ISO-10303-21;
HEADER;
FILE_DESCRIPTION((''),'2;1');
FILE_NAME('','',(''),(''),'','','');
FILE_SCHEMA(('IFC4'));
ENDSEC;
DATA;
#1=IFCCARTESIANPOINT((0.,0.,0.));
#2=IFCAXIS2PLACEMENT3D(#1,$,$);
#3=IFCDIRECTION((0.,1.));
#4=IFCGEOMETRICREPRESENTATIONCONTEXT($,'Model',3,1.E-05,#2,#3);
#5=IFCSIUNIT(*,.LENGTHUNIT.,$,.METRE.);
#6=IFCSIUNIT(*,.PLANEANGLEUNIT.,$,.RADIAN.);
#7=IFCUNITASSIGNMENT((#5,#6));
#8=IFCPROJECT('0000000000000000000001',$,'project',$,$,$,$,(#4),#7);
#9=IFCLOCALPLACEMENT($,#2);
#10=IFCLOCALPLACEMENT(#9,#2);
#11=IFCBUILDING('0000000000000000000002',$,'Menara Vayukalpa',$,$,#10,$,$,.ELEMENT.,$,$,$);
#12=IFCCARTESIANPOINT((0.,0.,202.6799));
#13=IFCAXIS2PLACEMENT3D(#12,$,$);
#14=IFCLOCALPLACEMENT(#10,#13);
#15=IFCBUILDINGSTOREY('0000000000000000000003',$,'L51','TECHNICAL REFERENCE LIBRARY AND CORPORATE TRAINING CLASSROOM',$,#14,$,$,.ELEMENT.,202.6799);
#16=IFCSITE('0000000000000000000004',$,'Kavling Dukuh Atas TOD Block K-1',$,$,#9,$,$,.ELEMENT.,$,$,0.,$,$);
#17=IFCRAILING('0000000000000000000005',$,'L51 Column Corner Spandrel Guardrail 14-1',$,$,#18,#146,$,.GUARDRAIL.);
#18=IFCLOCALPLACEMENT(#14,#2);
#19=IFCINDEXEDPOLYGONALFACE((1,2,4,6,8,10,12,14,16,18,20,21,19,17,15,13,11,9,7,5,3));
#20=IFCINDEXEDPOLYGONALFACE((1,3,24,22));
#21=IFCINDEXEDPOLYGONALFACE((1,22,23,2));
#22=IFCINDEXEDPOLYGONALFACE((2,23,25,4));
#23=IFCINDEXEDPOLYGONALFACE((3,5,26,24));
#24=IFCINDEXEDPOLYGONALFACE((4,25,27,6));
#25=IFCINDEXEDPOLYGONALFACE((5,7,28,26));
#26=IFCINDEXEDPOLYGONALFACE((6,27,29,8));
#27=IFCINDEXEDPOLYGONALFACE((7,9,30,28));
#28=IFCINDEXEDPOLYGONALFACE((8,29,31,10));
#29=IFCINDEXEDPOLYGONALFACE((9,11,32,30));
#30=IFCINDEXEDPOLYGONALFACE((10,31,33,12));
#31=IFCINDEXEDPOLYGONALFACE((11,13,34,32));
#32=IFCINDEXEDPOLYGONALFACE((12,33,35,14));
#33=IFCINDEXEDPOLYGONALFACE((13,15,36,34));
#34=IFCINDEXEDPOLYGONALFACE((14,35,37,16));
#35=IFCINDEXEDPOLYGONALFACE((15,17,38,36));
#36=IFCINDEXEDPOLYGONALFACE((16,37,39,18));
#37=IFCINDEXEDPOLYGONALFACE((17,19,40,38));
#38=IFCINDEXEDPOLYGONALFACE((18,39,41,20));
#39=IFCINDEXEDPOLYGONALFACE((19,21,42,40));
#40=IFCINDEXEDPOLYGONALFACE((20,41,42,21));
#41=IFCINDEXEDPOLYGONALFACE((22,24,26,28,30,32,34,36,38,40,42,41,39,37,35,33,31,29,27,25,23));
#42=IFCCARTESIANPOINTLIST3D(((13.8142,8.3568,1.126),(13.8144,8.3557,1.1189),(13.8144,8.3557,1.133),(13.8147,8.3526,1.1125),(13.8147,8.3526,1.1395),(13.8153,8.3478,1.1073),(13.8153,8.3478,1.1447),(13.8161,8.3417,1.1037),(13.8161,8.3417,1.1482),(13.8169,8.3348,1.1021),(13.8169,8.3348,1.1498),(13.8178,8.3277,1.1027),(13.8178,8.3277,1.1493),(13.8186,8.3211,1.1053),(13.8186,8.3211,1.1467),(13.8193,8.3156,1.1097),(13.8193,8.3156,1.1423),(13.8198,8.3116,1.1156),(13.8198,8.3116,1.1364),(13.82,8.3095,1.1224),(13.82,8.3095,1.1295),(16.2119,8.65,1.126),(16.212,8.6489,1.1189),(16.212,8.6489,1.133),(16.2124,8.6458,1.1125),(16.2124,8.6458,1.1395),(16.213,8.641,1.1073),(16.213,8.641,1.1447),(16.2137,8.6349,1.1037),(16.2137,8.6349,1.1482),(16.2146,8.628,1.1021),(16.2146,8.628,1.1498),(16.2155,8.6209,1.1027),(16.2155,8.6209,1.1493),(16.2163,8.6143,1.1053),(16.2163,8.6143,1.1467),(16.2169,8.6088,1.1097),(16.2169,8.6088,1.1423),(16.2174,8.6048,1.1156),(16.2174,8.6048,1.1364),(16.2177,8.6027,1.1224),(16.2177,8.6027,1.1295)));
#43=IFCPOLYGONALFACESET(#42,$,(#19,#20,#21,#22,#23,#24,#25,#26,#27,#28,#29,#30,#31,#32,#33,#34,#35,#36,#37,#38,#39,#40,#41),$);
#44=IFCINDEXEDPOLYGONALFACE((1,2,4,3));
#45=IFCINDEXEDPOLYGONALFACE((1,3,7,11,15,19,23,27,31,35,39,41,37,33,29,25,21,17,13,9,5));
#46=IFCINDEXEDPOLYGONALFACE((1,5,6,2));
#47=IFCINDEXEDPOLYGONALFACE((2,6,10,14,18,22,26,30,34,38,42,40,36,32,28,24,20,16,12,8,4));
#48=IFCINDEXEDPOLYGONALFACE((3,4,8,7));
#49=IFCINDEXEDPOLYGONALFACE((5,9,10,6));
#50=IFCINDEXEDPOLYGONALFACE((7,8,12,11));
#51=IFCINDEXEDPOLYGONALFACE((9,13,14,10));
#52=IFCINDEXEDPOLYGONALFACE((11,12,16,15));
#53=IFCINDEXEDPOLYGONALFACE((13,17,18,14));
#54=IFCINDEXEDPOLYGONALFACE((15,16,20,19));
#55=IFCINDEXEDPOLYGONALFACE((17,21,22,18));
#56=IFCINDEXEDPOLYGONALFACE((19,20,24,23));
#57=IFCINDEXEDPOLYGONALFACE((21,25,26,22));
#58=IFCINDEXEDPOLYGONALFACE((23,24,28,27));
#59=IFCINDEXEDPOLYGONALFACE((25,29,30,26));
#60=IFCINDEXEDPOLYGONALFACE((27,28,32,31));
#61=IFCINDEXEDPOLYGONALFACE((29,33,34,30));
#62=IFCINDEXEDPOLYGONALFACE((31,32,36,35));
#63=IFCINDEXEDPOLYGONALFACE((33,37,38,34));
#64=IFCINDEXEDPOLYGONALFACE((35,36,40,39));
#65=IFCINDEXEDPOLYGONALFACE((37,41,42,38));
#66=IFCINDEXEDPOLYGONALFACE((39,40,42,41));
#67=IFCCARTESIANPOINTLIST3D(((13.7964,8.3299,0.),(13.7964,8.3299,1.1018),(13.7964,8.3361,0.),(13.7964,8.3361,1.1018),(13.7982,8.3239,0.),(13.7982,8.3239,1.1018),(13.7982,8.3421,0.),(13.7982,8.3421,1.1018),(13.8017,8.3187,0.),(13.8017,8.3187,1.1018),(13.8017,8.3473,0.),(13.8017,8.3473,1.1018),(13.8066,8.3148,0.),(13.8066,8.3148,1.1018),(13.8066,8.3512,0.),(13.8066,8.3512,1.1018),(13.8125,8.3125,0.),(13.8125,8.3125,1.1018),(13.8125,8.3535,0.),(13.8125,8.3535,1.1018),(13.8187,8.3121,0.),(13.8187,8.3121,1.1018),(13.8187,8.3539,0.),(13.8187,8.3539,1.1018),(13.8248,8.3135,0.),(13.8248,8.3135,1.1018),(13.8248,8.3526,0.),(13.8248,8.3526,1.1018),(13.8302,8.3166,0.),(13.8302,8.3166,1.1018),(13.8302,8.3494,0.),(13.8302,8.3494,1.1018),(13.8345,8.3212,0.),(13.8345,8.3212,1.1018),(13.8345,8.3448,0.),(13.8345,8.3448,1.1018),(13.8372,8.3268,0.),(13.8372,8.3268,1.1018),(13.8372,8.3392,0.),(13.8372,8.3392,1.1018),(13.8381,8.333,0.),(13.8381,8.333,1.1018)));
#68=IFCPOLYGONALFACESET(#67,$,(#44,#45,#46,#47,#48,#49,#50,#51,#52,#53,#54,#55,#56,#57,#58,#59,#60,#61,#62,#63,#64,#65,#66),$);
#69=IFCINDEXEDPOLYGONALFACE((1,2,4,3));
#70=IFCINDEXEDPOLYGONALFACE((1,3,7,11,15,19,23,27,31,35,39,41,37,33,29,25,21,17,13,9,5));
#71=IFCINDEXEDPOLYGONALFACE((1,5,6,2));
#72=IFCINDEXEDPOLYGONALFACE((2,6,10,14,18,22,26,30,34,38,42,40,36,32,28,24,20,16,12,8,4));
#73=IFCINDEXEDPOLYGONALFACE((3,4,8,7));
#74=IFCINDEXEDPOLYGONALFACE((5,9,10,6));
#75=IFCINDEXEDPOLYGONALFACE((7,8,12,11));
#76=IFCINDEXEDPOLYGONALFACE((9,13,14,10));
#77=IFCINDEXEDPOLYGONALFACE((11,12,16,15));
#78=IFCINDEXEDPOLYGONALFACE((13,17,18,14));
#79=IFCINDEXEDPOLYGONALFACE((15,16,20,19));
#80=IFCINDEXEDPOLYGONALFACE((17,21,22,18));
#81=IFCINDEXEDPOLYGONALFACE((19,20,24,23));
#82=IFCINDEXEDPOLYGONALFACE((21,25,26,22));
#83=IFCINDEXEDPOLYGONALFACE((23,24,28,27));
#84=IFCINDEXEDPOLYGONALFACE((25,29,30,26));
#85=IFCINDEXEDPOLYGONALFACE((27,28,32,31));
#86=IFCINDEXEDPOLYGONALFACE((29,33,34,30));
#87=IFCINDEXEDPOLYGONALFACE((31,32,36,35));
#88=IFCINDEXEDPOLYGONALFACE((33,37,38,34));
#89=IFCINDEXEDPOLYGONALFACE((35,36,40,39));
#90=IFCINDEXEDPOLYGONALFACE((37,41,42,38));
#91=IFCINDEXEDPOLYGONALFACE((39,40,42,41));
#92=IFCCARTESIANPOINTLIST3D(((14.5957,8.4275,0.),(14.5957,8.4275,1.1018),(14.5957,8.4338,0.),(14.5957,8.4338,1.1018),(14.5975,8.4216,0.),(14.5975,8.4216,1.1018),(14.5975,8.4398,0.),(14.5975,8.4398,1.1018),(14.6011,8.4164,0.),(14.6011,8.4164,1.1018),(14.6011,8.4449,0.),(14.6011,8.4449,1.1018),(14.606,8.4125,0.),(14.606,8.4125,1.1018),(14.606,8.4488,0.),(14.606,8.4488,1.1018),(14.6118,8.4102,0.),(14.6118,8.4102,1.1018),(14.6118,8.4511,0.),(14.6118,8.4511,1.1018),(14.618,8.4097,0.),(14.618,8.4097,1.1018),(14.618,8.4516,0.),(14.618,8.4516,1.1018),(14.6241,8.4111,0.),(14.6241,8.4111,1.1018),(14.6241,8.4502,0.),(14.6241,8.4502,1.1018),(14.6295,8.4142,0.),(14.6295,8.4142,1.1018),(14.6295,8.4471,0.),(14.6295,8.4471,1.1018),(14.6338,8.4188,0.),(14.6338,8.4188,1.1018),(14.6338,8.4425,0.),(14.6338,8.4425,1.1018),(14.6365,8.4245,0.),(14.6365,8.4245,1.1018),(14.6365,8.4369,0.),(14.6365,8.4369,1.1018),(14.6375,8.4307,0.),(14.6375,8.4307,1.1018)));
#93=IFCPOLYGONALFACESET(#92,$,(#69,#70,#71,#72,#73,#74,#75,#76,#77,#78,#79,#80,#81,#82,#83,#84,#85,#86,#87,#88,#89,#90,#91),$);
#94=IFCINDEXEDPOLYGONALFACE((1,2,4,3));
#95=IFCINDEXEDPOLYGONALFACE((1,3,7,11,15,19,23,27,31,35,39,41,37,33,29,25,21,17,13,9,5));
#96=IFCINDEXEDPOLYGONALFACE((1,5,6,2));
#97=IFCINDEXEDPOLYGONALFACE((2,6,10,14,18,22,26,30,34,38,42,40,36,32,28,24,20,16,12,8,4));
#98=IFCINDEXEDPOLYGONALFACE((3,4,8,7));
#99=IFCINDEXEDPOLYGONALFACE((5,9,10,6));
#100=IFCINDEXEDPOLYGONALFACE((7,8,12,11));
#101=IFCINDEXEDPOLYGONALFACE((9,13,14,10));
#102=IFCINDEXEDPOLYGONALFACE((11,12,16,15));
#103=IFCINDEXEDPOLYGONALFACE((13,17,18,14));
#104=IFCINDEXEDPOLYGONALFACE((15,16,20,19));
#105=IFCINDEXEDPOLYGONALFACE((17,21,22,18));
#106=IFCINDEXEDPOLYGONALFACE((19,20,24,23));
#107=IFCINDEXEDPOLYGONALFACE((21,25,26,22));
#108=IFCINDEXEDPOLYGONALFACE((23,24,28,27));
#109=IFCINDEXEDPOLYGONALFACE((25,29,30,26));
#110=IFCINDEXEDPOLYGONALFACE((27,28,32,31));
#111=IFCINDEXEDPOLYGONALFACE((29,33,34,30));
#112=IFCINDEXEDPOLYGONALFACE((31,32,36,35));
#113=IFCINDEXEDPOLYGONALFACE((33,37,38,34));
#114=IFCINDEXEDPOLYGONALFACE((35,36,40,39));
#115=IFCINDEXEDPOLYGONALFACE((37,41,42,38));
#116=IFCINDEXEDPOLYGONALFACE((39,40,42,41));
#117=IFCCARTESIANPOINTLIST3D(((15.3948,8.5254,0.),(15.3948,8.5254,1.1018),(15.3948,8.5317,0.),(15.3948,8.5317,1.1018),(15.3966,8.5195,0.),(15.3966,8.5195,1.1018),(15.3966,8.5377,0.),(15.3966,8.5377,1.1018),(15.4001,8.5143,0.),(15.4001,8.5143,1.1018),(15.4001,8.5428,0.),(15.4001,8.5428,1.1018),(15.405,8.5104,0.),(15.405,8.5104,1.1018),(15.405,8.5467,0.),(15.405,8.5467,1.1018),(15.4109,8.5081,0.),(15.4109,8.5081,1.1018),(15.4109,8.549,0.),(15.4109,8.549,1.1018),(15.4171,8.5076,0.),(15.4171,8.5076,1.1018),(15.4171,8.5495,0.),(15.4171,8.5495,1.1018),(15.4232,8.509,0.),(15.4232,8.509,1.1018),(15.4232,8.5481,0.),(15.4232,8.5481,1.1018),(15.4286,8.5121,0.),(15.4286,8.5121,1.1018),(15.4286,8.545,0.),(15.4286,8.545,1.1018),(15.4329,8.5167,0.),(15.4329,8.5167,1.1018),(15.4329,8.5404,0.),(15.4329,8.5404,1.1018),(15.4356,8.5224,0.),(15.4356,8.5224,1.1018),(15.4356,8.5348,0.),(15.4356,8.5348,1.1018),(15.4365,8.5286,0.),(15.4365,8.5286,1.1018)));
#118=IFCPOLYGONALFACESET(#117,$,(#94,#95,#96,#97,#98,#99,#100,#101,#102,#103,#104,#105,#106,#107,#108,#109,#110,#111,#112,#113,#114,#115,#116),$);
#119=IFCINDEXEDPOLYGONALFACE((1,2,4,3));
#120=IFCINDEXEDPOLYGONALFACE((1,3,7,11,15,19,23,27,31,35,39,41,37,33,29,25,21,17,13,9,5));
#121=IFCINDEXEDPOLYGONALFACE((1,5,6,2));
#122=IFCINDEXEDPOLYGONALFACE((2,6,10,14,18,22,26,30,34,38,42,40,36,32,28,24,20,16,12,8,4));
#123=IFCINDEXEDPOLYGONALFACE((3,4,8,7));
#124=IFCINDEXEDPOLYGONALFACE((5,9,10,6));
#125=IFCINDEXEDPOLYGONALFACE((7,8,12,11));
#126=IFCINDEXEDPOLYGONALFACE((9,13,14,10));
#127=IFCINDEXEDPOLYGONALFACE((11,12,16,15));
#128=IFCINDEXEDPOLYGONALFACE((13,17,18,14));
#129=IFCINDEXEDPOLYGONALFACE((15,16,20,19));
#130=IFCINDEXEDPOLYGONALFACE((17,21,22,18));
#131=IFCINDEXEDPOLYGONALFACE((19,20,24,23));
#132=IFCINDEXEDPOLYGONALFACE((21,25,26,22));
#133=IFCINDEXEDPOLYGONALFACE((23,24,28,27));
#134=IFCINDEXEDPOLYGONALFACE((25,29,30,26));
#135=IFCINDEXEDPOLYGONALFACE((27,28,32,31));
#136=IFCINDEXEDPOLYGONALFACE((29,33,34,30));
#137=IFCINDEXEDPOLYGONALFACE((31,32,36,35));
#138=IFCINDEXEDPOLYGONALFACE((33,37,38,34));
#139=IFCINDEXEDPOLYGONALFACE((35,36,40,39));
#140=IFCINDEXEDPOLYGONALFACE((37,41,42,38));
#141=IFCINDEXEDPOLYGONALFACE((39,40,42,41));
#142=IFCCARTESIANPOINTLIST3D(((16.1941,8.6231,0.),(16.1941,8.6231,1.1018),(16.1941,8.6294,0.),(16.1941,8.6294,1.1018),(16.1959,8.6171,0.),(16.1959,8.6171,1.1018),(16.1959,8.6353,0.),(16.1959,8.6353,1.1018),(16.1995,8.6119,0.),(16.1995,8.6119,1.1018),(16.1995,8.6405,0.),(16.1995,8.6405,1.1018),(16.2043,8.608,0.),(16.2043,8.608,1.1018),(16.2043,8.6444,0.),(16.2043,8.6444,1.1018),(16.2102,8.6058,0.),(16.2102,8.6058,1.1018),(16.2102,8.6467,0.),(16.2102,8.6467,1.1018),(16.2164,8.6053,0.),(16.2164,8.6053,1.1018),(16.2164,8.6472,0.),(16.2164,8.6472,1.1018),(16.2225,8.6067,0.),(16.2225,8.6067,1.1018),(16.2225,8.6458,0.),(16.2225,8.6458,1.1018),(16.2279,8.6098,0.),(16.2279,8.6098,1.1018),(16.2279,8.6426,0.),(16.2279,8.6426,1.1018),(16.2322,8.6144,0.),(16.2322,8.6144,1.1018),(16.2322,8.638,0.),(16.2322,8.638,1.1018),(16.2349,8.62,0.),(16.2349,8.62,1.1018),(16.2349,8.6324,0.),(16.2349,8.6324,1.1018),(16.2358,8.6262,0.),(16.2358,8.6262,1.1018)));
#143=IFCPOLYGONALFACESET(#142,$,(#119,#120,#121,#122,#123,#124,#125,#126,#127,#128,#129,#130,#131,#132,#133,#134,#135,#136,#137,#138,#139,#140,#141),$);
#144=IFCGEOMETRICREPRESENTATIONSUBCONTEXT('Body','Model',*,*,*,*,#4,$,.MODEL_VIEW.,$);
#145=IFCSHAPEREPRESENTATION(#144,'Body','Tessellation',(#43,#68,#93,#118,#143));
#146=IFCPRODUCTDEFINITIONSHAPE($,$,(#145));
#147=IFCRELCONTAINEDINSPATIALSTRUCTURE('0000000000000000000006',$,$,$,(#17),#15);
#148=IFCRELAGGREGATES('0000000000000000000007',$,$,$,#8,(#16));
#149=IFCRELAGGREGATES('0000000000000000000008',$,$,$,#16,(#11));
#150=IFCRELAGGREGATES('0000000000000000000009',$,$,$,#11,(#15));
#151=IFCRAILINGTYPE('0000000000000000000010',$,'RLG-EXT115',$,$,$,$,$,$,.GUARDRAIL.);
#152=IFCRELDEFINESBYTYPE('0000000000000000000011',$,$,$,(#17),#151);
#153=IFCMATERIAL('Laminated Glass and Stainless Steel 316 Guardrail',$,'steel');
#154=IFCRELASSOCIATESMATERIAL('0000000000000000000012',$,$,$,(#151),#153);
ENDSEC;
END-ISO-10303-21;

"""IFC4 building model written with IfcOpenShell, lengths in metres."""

from ifc_helpers import new_model, si_unit, direction, frame, origin, origin_2d, place, context, subcontext, project, spatial, circle, extrude, material, type_object, element, save


model = new_model("IFC4")

# Units and contexts
model_context = context("Model", 3, precision=1e-05, world=origin(), true_north=direction((0.0, 1.0)))
body_context = subcontext(model_context, "Body", "Model", "MODEL_VIEW")
ifc_project = project(units=[si_unit("LENGTHUNIT", "METRE"), si_unit("PLANEANGLEUNIT", "RADIAN")], contexts=[model_context])

# Site, building, storey
site_placement = place(None, origin())
site = spatial("IfcSite", under=ifc_project, at=site_placement, Name="Kavling Dukuh Atas TOD Block K-1", CompositionType="ELEMENT", RefElevation=0.0)
building_placement = place(site_placement, origin())
building = spatial("IfcBuilding", under=site, at=building_placement, Name="Menara Vayukalpa", CompositionType="ELEMENT")
storey_placement = place(building_placement, frame((0.0, 0.0, 202.6799)))
storey = spatial("IfcBuildingStorey", under=building, at=storey_placement, Name="L51", Description="TECHNICAL REFERENCE LIBRARY AND CORPORATE TRAINING CLASSROOM", CompositionType="ELEMENT", Elevation=202.6799)

# Railing
ifc_material_1 = material(Name="Laminated Glass and Stainless Steel 316 Guardrail", Category="steel")
railing_type = type_object("IfcRailingType", Name="RLG-EXT115", PredefinedType="GUARDRAIL", material=ifc_material_1)
railing_placement = place(storey_placement, frame((13.8171, 8.333, 0.0)))
element("IfcRailing", 1, at=railing_placement, inside=storey, type_object=railing_type, Name="L51 Column Corner Spandrel Guardrail 14-1", PredefinedType="GUARDRAIL", context=body_context, shape_type="SweptSolid", body=[
    extrude(circle(Radius=0.0239, at=origin_2d()), frame((0.0, 0.0, 1.126), z_axis=(0.992606, 0.121385, 0.0), x_axis=(-0.121385, 0.992606, 0.0)), (0.0, 0.0, 1.0), 2.4155),
    extrude(circle(Radius=0.021, at=origin_2d()), origin(), (0.0, 0.0, 1.0), 1.1018),
    extrude(circle(Radius=0.021, at=origin_2d()), frame((0.7993, 0.0977, 0.0)), (0.0, 0.0, 1.0), 1.1018),
    extrude(circle(Radius=0.021, at=origin_2d()), frame((1.5984, 0.1956, 0.0)), (0.0, 0.0, 1.0), 1.1018),
    extrude(circle(Radius=0.021, at=origin_2d()), frame((2.3977, 0.2932, 0.0)), (0.0, 0.0, 1.0), 1.1018),
])

save(model, "model.ifc")
